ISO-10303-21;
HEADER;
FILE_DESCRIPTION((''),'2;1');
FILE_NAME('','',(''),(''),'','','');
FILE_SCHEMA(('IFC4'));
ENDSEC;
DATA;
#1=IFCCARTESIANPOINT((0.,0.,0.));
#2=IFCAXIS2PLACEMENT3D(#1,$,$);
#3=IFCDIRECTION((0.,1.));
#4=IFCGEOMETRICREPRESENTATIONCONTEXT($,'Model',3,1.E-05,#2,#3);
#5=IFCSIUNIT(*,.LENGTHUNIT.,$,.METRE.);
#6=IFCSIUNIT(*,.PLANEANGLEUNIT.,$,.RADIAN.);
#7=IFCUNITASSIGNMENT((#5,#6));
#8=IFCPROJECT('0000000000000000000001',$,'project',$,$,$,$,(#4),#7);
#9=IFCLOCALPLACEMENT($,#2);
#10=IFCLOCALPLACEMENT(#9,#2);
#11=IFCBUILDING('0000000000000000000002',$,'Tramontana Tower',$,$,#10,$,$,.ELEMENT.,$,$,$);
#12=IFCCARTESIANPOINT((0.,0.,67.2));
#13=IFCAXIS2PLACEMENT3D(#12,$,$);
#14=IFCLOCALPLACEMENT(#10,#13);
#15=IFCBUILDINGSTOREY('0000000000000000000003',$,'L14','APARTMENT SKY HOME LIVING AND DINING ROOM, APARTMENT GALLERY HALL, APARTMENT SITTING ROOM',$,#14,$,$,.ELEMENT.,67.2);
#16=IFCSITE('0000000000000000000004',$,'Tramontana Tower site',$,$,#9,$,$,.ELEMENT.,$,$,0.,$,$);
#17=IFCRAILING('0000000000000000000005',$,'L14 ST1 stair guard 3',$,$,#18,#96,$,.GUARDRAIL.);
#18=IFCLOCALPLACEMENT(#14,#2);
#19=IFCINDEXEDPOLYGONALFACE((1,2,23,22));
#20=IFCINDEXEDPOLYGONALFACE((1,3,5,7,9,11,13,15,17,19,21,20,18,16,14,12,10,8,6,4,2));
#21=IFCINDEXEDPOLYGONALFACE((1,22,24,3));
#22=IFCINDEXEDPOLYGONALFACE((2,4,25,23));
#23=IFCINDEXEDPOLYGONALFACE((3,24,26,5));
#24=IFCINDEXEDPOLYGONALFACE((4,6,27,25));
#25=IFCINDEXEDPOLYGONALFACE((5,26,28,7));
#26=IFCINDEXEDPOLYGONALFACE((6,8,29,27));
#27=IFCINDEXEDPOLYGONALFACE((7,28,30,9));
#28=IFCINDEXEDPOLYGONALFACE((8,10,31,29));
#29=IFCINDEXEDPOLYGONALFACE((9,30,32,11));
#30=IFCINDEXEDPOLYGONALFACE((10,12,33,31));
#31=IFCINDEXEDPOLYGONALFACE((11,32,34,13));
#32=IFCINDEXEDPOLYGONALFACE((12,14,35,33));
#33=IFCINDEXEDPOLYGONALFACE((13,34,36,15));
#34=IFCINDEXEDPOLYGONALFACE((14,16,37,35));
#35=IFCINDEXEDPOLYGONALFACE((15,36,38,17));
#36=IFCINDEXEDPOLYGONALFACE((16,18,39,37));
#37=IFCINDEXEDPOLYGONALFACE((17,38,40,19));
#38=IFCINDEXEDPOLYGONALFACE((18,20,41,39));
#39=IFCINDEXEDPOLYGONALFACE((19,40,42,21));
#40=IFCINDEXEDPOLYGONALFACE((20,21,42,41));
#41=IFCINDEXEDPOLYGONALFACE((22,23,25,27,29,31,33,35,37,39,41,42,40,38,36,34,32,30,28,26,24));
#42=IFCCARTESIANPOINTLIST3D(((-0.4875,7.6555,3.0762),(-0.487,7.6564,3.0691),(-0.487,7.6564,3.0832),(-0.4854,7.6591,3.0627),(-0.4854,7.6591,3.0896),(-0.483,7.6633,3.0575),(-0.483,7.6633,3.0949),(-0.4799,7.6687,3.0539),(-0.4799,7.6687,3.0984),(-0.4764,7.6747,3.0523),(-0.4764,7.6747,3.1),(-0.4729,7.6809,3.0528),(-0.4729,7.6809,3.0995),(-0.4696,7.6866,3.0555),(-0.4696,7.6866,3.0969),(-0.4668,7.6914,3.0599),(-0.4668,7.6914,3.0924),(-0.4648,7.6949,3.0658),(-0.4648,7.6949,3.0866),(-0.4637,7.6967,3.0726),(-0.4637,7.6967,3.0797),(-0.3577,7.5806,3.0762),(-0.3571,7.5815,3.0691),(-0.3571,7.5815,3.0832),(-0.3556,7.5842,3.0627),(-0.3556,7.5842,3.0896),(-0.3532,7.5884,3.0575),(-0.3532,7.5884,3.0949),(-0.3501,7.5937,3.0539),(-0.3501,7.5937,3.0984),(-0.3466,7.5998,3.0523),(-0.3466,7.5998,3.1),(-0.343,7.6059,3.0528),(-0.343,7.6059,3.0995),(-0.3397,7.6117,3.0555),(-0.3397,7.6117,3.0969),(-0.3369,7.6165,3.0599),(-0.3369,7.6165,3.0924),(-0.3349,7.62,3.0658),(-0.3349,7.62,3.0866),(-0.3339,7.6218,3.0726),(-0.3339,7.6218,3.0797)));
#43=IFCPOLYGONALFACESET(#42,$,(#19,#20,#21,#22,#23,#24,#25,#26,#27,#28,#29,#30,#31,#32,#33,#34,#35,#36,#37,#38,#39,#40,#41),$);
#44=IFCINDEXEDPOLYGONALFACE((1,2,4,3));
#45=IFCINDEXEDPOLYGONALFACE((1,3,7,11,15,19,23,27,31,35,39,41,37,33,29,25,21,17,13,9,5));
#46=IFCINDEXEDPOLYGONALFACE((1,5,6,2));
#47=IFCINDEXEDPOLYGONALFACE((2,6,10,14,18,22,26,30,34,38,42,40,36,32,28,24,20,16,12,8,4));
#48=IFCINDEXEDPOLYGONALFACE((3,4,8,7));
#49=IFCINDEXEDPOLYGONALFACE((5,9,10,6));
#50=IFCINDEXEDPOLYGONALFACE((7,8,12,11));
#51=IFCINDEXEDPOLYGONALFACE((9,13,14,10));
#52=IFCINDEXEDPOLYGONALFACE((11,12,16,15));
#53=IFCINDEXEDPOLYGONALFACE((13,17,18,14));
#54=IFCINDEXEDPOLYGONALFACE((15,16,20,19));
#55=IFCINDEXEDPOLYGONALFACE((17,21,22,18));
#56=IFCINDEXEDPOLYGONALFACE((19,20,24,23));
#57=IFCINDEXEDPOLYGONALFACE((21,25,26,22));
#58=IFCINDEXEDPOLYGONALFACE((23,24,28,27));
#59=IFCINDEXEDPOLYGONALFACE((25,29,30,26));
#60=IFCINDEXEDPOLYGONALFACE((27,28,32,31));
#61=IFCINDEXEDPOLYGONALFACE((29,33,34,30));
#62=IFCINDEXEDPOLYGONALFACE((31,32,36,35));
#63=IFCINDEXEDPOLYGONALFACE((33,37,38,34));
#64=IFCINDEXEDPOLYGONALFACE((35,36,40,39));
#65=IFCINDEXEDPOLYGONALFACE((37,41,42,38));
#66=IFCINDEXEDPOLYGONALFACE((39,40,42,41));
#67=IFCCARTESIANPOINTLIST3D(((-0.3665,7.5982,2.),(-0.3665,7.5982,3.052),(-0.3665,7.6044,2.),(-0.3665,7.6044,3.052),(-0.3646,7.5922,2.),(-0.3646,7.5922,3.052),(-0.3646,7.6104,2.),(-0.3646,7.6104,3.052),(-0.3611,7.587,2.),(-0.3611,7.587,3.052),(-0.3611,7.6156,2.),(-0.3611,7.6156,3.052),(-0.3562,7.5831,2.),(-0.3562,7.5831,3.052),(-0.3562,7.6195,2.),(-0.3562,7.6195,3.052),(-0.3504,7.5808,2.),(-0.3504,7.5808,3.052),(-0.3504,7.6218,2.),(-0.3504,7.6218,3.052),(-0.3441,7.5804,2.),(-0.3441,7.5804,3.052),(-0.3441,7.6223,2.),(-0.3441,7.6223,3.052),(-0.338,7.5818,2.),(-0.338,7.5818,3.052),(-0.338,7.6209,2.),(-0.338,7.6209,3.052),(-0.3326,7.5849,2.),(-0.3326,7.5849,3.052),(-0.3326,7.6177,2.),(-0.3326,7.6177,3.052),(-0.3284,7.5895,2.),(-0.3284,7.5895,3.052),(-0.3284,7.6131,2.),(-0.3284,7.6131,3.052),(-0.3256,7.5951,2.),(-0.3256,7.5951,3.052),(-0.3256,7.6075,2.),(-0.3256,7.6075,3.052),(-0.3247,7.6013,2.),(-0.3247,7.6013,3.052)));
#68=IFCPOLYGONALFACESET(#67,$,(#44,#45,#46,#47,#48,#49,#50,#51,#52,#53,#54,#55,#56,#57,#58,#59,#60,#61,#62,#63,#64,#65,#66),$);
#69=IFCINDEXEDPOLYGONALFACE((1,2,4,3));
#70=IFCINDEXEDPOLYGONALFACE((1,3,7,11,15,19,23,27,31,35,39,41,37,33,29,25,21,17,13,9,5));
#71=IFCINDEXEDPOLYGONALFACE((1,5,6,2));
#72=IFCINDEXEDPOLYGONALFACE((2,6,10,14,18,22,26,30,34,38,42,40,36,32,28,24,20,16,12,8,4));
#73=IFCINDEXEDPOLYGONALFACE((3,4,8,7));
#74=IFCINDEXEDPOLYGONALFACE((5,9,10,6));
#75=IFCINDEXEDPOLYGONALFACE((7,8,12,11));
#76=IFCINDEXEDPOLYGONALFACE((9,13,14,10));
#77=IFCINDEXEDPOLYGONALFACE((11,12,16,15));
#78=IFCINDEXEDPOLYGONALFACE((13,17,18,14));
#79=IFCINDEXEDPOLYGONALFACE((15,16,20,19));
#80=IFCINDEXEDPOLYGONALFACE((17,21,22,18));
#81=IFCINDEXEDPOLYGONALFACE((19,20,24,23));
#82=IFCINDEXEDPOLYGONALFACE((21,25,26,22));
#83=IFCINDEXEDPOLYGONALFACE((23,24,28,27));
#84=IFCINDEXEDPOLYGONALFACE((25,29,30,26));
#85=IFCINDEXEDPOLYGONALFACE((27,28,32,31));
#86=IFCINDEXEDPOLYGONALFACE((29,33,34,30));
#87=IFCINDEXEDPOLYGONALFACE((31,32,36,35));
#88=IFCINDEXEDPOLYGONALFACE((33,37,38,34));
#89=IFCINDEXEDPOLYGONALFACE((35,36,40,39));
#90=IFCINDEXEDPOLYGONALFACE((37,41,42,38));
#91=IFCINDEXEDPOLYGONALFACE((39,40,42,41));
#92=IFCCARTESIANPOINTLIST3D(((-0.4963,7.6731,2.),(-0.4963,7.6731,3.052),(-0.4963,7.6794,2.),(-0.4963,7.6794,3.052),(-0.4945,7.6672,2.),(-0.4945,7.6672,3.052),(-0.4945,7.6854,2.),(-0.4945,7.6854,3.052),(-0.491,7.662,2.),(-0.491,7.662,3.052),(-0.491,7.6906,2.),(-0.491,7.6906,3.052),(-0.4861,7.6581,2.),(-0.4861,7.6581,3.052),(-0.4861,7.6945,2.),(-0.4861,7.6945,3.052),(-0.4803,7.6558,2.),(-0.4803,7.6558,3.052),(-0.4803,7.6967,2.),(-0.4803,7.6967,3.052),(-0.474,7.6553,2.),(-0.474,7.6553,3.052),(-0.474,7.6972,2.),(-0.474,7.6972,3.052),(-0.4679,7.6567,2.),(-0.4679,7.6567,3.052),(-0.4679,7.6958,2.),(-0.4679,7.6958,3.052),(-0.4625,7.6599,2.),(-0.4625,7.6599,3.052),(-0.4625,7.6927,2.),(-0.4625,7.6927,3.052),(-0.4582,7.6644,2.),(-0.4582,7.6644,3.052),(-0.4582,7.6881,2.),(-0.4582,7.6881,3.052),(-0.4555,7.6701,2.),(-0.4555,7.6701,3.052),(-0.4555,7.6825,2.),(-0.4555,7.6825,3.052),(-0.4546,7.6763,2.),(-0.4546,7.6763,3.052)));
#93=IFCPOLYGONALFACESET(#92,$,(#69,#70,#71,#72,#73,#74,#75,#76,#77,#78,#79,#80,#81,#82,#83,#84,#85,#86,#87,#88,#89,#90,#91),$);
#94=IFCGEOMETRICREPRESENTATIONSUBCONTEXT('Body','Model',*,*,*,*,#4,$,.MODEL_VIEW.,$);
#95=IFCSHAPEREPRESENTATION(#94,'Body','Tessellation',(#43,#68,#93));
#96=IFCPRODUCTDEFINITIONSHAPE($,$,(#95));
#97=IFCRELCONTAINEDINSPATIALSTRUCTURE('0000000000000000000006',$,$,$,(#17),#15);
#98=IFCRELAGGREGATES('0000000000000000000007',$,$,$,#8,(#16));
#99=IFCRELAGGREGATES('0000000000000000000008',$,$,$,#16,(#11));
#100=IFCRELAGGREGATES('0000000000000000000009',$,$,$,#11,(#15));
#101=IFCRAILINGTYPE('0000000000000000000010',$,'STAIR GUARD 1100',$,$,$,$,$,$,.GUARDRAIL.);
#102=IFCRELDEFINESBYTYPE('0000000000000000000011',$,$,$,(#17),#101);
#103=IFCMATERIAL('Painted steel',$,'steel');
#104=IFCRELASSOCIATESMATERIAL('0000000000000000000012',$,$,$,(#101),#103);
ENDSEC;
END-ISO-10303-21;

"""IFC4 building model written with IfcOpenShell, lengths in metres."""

from ifc_helpers import new_model, si_unit, direction, frame, origin, origin_2d, place, context, subcontext, project, spatial, circle, extrude, material, type_object, element, save


model = new_model("IFC4")

# Units and contexts
model_context = context("Model", 3, precision=1e-05, world=origin(), true_north=direction((0.0, 1.0)))
body_context = subcontext(model_context, "Body", "Model", "MODEL_VIEW")
ifc_project = project(units=[si_unit("LENGTHUNIT", "METRE"), si_unit("PLANEANGLEUNIT", "RADIAN")], contexts=[model_context])

# Site, building, storey
site_placement = place(None, origin())
site = spatial("IfcSite", under=ifc_project, at=site_placement, Name="Tramontana Tower site", CompositionType="ELEMENT", RefElevation=0.0)
building_placement = place(site_placement, origin())
building = spatial("IfcBuilding", under=site, at=building_placement, Name="Tramontana Tower", CompositionType="ELEMENT")
storey_placement = place(building_placement, frame((0.0, 0.0, 67.2)))
storey = spatial("IfcBuildingStorey", under=building, at=storey_placement, Name="L14", Description="APARTMENT SKY HOME LIVING AND DINING ROOM, APARTMENT GALLERY HALL, APARTMENT SITTING ROOM", CompositionType="ELEMENT", Elevation=67.2)

# Railing
ifc_material_1 = material(Name="Painted steel", Category="steel")
railing_type = type_object("IfcRailingType", Name="STAIR GUARD 1100", PredefinedType="GUARDRAIL", material=ifc_material_1)
railing_1_placement = place(storey_placement, frame((-0.3457, 7.6013, 2.0)))
element("IfcRailing", 1, at=railing_1_placement, inside=storey, type_object=railing_type, Name="L14 ST1 stair guard 3", PredefinedType="GUARDRAIL", context=body_context, shape_type="SweptSolid", body=[
    extrude(circle(Radius=0.0239, at=origin_2d()), frame((0.0, 0.0, 1.0762), z_axis=(-0.866131, 0.499816, 0.0), x_axis=(-0.499816, -0.866131, 0.0)), (0.0, 0.0, 1.0), 0.1499),
    extrude(circle(Radius=0.021, at=origin_2d()), origin(), (0.0, 0.0, 1.0), 1.052),
    extrude(circle(Radius=0.021, at=origin_2d()), frame((-0.1299, 0.075, 0.0)), (0.0, 0.0, 1.0), 1.052),
])

save(model, "model.ifc")
